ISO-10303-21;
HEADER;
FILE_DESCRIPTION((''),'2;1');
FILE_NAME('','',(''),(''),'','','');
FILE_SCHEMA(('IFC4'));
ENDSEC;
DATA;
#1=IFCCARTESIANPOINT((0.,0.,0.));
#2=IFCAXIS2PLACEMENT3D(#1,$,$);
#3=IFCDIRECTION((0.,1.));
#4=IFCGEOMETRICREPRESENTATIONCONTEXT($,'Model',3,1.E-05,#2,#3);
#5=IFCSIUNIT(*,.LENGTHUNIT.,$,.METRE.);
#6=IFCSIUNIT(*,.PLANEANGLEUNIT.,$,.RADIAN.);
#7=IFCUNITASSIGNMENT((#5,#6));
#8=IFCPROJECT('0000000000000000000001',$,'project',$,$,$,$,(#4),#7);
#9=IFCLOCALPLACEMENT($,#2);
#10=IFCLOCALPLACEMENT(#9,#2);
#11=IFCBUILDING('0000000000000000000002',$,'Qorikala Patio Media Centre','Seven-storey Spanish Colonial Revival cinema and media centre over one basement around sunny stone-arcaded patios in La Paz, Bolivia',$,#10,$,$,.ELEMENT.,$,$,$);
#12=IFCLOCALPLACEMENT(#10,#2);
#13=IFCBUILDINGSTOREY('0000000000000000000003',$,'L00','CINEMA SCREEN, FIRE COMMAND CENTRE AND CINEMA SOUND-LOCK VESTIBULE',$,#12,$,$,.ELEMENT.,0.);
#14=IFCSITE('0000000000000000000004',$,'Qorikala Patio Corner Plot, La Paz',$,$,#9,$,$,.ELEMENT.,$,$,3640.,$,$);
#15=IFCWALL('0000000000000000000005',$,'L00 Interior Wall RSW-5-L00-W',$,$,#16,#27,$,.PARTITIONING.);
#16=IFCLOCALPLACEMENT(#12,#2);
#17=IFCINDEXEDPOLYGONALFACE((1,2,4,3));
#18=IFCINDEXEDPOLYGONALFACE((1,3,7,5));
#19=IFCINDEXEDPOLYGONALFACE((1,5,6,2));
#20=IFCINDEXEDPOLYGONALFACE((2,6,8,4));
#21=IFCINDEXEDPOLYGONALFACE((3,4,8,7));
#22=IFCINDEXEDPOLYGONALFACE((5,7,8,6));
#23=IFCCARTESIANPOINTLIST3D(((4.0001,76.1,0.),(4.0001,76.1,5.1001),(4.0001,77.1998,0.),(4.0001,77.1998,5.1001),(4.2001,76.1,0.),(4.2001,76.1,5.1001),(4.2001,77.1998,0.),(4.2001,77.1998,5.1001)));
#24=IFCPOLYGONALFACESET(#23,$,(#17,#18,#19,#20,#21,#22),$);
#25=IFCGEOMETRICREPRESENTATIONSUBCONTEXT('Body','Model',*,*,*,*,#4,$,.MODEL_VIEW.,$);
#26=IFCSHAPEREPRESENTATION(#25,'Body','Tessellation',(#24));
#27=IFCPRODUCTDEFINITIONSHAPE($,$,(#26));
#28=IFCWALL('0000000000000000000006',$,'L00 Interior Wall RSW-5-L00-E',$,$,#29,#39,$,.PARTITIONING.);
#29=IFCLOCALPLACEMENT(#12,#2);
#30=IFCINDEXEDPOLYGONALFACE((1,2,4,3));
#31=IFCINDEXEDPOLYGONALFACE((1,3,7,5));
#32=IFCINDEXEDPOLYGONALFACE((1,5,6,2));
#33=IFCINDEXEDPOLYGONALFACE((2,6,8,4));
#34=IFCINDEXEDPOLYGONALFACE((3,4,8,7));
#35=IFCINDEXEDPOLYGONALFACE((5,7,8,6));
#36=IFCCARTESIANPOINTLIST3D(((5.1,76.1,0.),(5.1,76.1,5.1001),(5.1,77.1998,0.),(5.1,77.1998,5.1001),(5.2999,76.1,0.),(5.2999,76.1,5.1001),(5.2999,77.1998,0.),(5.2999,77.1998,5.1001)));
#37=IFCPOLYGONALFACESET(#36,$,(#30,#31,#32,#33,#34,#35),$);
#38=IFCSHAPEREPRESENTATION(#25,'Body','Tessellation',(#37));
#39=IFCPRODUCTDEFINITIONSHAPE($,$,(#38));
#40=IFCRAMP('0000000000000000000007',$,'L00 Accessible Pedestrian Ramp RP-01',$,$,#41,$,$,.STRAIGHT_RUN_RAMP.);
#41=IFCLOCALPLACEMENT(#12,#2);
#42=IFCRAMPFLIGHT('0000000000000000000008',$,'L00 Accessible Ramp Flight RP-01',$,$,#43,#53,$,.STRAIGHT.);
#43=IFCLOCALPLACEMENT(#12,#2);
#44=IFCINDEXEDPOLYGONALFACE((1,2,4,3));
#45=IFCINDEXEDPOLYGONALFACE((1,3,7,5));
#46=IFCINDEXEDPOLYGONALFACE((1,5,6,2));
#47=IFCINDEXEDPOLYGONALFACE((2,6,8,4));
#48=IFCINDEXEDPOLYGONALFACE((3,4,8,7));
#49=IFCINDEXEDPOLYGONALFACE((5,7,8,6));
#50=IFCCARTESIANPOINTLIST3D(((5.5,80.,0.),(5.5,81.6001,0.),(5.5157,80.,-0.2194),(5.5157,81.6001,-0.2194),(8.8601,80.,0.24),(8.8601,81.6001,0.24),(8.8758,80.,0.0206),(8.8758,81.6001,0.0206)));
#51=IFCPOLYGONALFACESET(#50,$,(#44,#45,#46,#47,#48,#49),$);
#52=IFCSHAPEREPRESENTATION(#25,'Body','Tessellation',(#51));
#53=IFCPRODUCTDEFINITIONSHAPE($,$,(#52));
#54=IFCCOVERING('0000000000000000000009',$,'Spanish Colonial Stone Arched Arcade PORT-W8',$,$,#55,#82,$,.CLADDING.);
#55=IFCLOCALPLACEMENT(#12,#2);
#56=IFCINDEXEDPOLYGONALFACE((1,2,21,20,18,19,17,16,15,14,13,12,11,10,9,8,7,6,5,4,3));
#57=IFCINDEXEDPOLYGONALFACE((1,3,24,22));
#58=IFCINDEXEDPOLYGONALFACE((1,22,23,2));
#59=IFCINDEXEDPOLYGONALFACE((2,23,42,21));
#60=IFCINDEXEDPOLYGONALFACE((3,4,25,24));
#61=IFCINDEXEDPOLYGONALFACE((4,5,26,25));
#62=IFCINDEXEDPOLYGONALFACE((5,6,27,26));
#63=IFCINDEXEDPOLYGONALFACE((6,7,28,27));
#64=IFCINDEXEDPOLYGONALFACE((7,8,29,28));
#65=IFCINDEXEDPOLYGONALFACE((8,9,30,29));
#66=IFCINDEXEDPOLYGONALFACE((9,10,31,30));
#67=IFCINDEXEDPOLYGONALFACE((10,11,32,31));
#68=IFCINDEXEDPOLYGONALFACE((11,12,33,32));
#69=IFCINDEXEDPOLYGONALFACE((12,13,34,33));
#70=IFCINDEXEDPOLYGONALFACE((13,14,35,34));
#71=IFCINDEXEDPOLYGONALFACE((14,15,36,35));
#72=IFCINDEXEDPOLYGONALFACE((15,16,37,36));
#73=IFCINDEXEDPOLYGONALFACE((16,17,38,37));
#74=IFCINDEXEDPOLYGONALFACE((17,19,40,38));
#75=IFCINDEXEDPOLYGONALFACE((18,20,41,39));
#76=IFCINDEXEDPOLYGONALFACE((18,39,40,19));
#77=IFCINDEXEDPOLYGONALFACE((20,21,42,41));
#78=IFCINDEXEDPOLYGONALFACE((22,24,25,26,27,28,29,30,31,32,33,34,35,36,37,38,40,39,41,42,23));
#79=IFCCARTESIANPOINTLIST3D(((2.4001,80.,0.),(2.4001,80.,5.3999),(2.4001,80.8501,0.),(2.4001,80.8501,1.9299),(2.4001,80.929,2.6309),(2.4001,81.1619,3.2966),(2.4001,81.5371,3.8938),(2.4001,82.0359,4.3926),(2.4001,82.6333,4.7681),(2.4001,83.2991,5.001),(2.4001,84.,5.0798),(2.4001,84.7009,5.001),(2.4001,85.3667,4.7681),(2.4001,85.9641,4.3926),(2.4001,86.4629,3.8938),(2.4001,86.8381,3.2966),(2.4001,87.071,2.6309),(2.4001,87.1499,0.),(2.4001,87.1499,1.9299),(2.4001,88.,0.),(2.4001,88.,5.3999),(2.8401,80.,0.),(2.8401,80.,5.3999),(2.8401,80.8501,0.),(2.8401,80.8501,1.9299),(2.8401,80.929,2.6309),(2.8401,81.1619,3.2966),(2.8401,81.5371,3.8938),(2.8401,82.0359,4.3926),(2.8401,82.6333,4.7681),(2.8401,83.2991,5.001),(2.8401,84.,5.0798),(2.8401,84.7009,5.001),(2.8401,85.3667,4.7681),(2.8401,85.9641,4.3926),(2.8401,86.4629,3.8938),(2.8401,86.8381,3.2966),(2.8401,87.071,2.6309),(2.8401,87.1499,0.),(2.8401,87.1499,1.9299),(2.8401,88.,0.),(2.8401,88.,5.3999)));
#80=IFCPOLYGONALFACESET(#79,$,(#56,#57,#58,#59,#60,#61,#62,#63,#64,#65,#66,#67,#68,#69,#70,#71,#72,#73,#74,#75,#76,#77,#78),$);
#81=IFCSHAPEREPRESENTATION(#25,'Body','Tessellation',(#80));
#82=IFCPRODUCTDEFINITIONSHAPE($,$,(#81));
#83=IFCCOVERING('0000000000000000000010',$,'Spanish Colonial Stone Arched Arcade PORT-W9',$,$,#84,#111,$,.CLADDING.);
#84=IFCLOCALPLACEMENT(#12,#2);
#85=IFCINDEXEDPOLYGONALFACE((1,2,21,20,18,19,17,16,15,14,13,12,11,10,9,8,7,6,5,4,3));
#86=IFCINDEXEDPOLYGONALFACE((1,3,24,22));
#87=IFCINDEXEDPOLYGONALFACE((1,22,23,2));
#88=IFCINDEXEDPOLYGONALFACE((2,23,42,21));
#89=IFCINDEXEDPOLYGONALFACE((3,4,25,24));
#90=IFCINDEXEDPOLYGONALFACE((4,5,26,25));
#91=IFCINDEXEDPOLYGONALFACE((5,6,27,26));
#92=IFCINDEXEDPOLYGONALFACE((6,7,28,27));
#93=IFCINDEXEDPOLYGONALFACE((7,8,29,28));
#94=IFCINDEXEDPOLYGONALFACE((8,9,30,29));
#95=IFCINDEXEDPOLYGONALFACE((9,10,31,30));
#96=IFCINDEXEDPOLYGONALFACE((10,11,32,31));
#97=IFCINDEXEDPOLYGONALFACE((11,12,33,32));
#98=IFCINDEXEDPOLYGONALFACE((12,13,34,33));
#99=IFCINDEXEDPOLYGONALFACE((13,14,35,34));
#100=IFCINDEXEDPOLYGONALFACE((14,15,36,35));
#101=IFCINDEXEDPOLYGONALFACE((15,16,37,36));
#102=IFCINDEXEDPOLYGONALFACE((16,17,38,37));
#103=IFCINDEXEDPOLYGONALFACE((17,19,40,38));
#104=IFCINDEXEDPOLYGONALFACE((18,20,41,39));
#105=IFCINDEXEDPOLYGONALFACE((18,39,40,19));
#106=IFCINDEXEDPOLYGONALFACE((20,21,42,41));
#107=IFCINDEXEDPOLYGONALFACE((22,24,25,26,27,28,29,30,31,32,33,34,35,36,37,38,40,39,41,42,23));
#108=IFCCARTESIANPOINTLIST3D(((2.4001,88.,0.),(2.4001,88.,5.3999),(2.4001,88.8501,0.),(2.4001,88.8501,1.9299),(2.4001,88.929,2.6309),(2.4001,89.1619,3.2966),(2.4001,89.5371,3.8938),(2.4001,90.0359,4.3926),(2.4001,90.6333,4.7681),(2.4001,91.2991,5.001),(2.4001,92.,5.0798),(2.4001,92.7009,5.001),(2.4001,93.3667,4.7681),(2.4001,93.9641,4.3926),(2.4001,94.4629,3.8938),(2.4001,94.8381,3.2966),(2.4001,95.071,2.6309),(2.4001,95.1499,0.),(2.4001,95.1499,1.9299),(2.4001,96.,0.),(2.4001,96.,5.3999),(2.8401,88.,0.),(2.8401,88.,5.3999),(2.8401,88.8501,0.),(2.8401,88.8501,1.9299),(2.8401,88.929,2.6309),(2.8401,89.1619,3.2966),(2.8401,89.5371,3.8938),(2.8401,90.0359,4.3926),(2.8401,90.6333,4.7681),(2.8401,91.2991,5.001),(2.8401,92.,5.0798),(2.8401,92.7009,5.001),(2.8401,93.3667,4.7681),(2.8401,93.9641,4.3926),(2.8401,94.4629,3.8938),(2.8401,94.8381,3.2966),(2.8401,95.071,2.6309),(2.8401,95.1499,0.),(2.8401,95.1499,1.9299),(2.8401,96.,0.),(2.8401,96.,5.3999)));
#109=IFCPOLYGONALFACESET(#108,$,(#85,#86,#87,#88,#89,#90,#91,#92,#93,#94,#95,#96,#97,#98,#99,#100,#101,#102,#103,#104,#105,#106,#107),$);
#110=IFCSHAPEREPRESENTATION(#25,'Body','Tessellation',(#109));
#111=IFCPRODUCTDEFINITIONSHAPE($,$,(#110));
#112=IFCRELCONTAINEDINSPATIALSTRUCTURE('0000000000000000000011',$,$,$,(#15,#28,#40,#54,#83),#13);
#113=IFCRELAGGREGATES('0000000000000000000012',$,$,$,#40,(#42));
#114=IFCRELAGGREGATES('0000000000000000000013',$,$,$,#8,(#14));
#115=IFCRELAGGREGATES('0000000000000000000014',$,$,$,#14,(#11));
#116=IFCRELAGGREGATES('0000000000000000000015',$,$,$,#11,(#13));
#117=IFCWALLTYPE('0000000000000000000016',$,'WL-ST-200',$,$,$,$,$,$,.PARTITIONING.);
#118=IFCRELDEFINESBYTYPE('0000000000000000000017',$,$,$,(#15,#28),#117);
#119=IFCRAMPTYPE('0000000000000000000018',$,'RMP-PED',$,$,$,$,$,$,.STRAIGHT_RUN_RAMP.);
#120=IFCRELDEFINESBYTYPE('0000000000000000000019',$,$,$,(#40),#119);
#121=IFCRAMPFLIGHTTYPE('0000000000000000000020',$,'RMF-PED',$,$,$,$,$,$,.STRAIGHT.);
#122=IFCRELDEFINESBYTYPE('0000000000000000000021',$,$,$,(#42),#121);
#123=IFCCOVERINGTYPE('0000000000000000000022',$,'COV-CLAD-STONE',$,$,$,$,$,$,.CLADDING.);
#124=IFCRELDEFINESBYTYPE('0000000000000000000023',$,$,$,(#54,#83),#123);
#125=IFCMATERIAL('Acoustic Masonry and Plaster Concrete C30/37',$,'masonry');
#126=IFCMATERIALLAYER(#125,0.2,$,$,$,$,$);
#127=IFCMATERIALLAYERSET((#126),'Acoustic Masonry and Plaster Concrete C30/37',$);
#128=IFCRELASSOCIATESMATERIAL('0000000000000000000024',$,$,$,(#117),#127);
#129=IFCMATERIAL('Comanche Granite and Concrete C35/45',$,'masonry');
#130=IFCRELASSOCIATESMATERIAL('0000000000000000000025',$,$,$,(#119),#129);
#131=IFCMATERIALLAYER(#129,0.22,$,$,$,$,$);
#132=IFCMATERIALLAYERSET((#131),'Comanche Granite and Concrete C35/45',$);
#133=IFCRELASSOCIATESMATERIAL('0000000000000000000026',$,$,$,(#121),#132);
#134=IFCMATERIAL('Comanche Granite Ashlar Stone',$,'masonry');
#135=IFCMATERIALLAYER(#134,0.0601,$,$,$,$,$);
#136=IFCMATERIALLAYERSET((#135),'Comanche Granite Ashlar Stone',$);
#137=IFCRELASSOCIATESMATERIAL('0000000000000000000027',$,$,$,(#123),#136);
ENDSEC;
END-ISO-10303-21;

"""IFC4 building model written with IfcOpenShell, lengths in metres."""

from ifc_helpers import new_model, si_unit, direction, frame, frame_2d, origin, place, context, subcontext, project, spatial, polyline, rectangle, outline, extrude, material, layer, layer_set, type_object, element, aggregate, save


model = new_model("IFC4")

# Units and contexts
model_context = context("Model", 3, precision=1e-05, world=origin(), true_north=direction((0.0, 1.0)))
body_context = subcontext(model_context, "Body", "Model", "MODEL_VIEW")
ifc_project = project(units=[si_unit("LENGTHUNIT", "METRE"), si_unit("PLANEANGLEUNIT", "RADIAN")], contexts=[model_context])

# Site, building, storey
site_placement = place(None, origin())
site = spatial("IfcSite", under=ifc_project, at=site_placement, Name="Qorikala Patio Corner Plot, La Paz", CompositionType="ELEMENT", RefElevation=3640.0)
building_placement = place(site_placement, origin())
building = spatial("IfcBuilding", under=site, at=building_placement, Name="Qorikala Patio Media Centre", Description="Seven-storey Spanish Colonial Revival cinema and media centre over one basement around sunny stone-arcaded patios in La Paz, Bolivia", CompositionType="ELEMENT")
storey_placement = place(building_placement, origin())
storey = spatial("IfcBuildingStorey", under=building, at=storey_placement, Name="L00", Description="CINEMA SCREEN, FIRE COMMAND CENTRE AND CINEMA SOUND-LOCK VESTIBULE", CompositionType="ELEMENT", Elevation=0.0)

# Walls
ifc_material_1 = material(Name="Acoustic Masonry and Plaster Concrete C30/37", Category="masonry")
ifc_layer_1 = layer(ifc_material_1, 0.2)
ifc_layer_set_1 = layer_set([ifc_layer_1], Name="Acoustic Masonry and Plaster Concrete C30/37")
wall_type_1 = type_object("IfcWallType", Name="WL-ST-200", PredefinedType="PARTITIONING", material=ifc_layer_set_1)
for number, where, z_axis, x_axis, name in (
    (1, (4.1001, 76.1001, 0.0), (0.0, 0.0, 1.0), (0.0, 1.0, 0.0), "L00 Interior Wall RSW-5-L00-W"),
    (2, (5.2, 76.1001, 0.0), (0.0, 0.0, 1.0), (0.0, 1.0, 0.0), "L00 Interior Wall RSW-5-L00-E"),
):
    element("IfcWall", number, at=place(storey_placement, frame(where, z_axis=z_axis, x_axis=x_axis)), inside=storey, type_object=wall_type_1, Name=name, PredefinedType="PARTITIONING", context=body_context, shape_type="SweptSolid", body=[
        extrude(rectangle(XDim=1.0999, YDim=0.2, at=frame_2d((0.5498, 0.0))), origin(), (0.0, 0.0, 1.0), 5.1001),
    ])

# Ramp, ramp flight
ifc_material_2 = material(Name="Comanche Granite and Concrete C35/45", Category="masonry")
ramp_type = type_object("IfcRampType", Name="RMP-PED", PredefinedType="STRAIGHT_RUN_RAMP", material=ifc_material_2)
ramp_placement = place(storey_placement, origin())
ramp = element("IfcRamp", 3, at=ramp_placement, inside=storey, type_object=ramp_type, Name="L00 Accessible Pedestrian Ramp RP-01", PredefinedType="STRAIGHT_RUN_RAMP")
ifc_layer_2 = layer(ifc_material_2, 0.22)
ifc_layer_set_2 = layer_set([ifc_layer_2], Name="Comanche Granite and Concrete C35/45")
ramp_flight_type = type_object("IfcRampFlightType", Name="RMF-PED", PredefinedType="STRAIGHT", material=ifc_layer_set_2)
ramp_flight_placement = place(storey_placement, frame((5.5, 80.0, 0.0), z_axis=(-0.071242, 0.0, 0.997459), x_axis=(0.997459, 0.0, 0.071242)))
ramp_flight = element("IfcRampFlight", 4, at=ramp_flight_placement, type_object=ramp_flight_type, Name="L00 Accessible Ramp Flight RP-01", PredefinedType="STRAIGHT", context=body_context, shape_type="SweptSolid", body=[
    extrude(outline(polyline([(0.0, 0.0), (3.3687, 0.0), (3.3687, 1.6001), (0.0, 1.6001), (0.0, 0.0)])), origin(), (0.0, 0.0, -1.0), 0.22),
])
aggregate(ramp, [ramp_flight])

# Coverings
ifc_material_3 = material(Name="Comanche Granite Ashlar Stone", Category="masonry")
ifc_layer_3 = layer(ifc_material_3, 0.0601)
ifc_layer_set_3 = layer_set([ifc_layer_3], Name="Comanche Granite Ashlar Stone")
covering_type = type_object("IfcCoveringType", Name="COV-CLAD-STONE", PredefinedType="CLADDING", material=ifc_layer_set_3)
for number, where, z_axis, x_axis, name in (
    (5, (2.6201, 80.0, 0.0), (0.0, 0.0, 1.0), (0.0, 1.0, 0.0), "Spanish Colonial Stone Arched Arcade PORT-W8"),
    (6, (2.6201, 88.0, 0.0), (0.0, 0.0, 1.0), (0.0, 1.0, 0.0), "Spanish Colonial Stone Arched Arcade PORT-W9"),
):
    element("IfcCovering", number, at=place(storey_placement, frame(where, z_axis=z_axis, x_axis=x_axis)), inside=storey, type_object=covering_type, Name=name, PredefinedType="CLADDING", context=body_context, shape_type="SweptSolid", body=[
        extrude(outline(polyline([(0.0, 0.0), (0.8501, 0.0), (0.8501, 1.9299), (0.929, 2.6309), (1.1619, 3.2966), (1.5371, 3.8938), (2.0359, 4.3926), (2.6333, 4.7681), (3.2991, 5.001), (4.0, 5.0798), (4.7009, 5.001), (5.3667, 4.7681), (5.9641, 4.3926), (6.4629, 3.8938), (6.8381, 3.2966), (7.071, 2.6309), (7.1499, 1.9299), (7.1499, 0.0), (8.0, 0.0), (8.0, 5.3999), (0.0, 5.3999), (0.0, 0.0)])), frame((0.0, 0.22, 0.0), z_axis=(0.0, -1.0, 0.0), x_axis=(1.0, 0.0, 0.0)), (0.0, 0.0, 1.0), 0.4399),
    ])

save(model, "model.ifc")
